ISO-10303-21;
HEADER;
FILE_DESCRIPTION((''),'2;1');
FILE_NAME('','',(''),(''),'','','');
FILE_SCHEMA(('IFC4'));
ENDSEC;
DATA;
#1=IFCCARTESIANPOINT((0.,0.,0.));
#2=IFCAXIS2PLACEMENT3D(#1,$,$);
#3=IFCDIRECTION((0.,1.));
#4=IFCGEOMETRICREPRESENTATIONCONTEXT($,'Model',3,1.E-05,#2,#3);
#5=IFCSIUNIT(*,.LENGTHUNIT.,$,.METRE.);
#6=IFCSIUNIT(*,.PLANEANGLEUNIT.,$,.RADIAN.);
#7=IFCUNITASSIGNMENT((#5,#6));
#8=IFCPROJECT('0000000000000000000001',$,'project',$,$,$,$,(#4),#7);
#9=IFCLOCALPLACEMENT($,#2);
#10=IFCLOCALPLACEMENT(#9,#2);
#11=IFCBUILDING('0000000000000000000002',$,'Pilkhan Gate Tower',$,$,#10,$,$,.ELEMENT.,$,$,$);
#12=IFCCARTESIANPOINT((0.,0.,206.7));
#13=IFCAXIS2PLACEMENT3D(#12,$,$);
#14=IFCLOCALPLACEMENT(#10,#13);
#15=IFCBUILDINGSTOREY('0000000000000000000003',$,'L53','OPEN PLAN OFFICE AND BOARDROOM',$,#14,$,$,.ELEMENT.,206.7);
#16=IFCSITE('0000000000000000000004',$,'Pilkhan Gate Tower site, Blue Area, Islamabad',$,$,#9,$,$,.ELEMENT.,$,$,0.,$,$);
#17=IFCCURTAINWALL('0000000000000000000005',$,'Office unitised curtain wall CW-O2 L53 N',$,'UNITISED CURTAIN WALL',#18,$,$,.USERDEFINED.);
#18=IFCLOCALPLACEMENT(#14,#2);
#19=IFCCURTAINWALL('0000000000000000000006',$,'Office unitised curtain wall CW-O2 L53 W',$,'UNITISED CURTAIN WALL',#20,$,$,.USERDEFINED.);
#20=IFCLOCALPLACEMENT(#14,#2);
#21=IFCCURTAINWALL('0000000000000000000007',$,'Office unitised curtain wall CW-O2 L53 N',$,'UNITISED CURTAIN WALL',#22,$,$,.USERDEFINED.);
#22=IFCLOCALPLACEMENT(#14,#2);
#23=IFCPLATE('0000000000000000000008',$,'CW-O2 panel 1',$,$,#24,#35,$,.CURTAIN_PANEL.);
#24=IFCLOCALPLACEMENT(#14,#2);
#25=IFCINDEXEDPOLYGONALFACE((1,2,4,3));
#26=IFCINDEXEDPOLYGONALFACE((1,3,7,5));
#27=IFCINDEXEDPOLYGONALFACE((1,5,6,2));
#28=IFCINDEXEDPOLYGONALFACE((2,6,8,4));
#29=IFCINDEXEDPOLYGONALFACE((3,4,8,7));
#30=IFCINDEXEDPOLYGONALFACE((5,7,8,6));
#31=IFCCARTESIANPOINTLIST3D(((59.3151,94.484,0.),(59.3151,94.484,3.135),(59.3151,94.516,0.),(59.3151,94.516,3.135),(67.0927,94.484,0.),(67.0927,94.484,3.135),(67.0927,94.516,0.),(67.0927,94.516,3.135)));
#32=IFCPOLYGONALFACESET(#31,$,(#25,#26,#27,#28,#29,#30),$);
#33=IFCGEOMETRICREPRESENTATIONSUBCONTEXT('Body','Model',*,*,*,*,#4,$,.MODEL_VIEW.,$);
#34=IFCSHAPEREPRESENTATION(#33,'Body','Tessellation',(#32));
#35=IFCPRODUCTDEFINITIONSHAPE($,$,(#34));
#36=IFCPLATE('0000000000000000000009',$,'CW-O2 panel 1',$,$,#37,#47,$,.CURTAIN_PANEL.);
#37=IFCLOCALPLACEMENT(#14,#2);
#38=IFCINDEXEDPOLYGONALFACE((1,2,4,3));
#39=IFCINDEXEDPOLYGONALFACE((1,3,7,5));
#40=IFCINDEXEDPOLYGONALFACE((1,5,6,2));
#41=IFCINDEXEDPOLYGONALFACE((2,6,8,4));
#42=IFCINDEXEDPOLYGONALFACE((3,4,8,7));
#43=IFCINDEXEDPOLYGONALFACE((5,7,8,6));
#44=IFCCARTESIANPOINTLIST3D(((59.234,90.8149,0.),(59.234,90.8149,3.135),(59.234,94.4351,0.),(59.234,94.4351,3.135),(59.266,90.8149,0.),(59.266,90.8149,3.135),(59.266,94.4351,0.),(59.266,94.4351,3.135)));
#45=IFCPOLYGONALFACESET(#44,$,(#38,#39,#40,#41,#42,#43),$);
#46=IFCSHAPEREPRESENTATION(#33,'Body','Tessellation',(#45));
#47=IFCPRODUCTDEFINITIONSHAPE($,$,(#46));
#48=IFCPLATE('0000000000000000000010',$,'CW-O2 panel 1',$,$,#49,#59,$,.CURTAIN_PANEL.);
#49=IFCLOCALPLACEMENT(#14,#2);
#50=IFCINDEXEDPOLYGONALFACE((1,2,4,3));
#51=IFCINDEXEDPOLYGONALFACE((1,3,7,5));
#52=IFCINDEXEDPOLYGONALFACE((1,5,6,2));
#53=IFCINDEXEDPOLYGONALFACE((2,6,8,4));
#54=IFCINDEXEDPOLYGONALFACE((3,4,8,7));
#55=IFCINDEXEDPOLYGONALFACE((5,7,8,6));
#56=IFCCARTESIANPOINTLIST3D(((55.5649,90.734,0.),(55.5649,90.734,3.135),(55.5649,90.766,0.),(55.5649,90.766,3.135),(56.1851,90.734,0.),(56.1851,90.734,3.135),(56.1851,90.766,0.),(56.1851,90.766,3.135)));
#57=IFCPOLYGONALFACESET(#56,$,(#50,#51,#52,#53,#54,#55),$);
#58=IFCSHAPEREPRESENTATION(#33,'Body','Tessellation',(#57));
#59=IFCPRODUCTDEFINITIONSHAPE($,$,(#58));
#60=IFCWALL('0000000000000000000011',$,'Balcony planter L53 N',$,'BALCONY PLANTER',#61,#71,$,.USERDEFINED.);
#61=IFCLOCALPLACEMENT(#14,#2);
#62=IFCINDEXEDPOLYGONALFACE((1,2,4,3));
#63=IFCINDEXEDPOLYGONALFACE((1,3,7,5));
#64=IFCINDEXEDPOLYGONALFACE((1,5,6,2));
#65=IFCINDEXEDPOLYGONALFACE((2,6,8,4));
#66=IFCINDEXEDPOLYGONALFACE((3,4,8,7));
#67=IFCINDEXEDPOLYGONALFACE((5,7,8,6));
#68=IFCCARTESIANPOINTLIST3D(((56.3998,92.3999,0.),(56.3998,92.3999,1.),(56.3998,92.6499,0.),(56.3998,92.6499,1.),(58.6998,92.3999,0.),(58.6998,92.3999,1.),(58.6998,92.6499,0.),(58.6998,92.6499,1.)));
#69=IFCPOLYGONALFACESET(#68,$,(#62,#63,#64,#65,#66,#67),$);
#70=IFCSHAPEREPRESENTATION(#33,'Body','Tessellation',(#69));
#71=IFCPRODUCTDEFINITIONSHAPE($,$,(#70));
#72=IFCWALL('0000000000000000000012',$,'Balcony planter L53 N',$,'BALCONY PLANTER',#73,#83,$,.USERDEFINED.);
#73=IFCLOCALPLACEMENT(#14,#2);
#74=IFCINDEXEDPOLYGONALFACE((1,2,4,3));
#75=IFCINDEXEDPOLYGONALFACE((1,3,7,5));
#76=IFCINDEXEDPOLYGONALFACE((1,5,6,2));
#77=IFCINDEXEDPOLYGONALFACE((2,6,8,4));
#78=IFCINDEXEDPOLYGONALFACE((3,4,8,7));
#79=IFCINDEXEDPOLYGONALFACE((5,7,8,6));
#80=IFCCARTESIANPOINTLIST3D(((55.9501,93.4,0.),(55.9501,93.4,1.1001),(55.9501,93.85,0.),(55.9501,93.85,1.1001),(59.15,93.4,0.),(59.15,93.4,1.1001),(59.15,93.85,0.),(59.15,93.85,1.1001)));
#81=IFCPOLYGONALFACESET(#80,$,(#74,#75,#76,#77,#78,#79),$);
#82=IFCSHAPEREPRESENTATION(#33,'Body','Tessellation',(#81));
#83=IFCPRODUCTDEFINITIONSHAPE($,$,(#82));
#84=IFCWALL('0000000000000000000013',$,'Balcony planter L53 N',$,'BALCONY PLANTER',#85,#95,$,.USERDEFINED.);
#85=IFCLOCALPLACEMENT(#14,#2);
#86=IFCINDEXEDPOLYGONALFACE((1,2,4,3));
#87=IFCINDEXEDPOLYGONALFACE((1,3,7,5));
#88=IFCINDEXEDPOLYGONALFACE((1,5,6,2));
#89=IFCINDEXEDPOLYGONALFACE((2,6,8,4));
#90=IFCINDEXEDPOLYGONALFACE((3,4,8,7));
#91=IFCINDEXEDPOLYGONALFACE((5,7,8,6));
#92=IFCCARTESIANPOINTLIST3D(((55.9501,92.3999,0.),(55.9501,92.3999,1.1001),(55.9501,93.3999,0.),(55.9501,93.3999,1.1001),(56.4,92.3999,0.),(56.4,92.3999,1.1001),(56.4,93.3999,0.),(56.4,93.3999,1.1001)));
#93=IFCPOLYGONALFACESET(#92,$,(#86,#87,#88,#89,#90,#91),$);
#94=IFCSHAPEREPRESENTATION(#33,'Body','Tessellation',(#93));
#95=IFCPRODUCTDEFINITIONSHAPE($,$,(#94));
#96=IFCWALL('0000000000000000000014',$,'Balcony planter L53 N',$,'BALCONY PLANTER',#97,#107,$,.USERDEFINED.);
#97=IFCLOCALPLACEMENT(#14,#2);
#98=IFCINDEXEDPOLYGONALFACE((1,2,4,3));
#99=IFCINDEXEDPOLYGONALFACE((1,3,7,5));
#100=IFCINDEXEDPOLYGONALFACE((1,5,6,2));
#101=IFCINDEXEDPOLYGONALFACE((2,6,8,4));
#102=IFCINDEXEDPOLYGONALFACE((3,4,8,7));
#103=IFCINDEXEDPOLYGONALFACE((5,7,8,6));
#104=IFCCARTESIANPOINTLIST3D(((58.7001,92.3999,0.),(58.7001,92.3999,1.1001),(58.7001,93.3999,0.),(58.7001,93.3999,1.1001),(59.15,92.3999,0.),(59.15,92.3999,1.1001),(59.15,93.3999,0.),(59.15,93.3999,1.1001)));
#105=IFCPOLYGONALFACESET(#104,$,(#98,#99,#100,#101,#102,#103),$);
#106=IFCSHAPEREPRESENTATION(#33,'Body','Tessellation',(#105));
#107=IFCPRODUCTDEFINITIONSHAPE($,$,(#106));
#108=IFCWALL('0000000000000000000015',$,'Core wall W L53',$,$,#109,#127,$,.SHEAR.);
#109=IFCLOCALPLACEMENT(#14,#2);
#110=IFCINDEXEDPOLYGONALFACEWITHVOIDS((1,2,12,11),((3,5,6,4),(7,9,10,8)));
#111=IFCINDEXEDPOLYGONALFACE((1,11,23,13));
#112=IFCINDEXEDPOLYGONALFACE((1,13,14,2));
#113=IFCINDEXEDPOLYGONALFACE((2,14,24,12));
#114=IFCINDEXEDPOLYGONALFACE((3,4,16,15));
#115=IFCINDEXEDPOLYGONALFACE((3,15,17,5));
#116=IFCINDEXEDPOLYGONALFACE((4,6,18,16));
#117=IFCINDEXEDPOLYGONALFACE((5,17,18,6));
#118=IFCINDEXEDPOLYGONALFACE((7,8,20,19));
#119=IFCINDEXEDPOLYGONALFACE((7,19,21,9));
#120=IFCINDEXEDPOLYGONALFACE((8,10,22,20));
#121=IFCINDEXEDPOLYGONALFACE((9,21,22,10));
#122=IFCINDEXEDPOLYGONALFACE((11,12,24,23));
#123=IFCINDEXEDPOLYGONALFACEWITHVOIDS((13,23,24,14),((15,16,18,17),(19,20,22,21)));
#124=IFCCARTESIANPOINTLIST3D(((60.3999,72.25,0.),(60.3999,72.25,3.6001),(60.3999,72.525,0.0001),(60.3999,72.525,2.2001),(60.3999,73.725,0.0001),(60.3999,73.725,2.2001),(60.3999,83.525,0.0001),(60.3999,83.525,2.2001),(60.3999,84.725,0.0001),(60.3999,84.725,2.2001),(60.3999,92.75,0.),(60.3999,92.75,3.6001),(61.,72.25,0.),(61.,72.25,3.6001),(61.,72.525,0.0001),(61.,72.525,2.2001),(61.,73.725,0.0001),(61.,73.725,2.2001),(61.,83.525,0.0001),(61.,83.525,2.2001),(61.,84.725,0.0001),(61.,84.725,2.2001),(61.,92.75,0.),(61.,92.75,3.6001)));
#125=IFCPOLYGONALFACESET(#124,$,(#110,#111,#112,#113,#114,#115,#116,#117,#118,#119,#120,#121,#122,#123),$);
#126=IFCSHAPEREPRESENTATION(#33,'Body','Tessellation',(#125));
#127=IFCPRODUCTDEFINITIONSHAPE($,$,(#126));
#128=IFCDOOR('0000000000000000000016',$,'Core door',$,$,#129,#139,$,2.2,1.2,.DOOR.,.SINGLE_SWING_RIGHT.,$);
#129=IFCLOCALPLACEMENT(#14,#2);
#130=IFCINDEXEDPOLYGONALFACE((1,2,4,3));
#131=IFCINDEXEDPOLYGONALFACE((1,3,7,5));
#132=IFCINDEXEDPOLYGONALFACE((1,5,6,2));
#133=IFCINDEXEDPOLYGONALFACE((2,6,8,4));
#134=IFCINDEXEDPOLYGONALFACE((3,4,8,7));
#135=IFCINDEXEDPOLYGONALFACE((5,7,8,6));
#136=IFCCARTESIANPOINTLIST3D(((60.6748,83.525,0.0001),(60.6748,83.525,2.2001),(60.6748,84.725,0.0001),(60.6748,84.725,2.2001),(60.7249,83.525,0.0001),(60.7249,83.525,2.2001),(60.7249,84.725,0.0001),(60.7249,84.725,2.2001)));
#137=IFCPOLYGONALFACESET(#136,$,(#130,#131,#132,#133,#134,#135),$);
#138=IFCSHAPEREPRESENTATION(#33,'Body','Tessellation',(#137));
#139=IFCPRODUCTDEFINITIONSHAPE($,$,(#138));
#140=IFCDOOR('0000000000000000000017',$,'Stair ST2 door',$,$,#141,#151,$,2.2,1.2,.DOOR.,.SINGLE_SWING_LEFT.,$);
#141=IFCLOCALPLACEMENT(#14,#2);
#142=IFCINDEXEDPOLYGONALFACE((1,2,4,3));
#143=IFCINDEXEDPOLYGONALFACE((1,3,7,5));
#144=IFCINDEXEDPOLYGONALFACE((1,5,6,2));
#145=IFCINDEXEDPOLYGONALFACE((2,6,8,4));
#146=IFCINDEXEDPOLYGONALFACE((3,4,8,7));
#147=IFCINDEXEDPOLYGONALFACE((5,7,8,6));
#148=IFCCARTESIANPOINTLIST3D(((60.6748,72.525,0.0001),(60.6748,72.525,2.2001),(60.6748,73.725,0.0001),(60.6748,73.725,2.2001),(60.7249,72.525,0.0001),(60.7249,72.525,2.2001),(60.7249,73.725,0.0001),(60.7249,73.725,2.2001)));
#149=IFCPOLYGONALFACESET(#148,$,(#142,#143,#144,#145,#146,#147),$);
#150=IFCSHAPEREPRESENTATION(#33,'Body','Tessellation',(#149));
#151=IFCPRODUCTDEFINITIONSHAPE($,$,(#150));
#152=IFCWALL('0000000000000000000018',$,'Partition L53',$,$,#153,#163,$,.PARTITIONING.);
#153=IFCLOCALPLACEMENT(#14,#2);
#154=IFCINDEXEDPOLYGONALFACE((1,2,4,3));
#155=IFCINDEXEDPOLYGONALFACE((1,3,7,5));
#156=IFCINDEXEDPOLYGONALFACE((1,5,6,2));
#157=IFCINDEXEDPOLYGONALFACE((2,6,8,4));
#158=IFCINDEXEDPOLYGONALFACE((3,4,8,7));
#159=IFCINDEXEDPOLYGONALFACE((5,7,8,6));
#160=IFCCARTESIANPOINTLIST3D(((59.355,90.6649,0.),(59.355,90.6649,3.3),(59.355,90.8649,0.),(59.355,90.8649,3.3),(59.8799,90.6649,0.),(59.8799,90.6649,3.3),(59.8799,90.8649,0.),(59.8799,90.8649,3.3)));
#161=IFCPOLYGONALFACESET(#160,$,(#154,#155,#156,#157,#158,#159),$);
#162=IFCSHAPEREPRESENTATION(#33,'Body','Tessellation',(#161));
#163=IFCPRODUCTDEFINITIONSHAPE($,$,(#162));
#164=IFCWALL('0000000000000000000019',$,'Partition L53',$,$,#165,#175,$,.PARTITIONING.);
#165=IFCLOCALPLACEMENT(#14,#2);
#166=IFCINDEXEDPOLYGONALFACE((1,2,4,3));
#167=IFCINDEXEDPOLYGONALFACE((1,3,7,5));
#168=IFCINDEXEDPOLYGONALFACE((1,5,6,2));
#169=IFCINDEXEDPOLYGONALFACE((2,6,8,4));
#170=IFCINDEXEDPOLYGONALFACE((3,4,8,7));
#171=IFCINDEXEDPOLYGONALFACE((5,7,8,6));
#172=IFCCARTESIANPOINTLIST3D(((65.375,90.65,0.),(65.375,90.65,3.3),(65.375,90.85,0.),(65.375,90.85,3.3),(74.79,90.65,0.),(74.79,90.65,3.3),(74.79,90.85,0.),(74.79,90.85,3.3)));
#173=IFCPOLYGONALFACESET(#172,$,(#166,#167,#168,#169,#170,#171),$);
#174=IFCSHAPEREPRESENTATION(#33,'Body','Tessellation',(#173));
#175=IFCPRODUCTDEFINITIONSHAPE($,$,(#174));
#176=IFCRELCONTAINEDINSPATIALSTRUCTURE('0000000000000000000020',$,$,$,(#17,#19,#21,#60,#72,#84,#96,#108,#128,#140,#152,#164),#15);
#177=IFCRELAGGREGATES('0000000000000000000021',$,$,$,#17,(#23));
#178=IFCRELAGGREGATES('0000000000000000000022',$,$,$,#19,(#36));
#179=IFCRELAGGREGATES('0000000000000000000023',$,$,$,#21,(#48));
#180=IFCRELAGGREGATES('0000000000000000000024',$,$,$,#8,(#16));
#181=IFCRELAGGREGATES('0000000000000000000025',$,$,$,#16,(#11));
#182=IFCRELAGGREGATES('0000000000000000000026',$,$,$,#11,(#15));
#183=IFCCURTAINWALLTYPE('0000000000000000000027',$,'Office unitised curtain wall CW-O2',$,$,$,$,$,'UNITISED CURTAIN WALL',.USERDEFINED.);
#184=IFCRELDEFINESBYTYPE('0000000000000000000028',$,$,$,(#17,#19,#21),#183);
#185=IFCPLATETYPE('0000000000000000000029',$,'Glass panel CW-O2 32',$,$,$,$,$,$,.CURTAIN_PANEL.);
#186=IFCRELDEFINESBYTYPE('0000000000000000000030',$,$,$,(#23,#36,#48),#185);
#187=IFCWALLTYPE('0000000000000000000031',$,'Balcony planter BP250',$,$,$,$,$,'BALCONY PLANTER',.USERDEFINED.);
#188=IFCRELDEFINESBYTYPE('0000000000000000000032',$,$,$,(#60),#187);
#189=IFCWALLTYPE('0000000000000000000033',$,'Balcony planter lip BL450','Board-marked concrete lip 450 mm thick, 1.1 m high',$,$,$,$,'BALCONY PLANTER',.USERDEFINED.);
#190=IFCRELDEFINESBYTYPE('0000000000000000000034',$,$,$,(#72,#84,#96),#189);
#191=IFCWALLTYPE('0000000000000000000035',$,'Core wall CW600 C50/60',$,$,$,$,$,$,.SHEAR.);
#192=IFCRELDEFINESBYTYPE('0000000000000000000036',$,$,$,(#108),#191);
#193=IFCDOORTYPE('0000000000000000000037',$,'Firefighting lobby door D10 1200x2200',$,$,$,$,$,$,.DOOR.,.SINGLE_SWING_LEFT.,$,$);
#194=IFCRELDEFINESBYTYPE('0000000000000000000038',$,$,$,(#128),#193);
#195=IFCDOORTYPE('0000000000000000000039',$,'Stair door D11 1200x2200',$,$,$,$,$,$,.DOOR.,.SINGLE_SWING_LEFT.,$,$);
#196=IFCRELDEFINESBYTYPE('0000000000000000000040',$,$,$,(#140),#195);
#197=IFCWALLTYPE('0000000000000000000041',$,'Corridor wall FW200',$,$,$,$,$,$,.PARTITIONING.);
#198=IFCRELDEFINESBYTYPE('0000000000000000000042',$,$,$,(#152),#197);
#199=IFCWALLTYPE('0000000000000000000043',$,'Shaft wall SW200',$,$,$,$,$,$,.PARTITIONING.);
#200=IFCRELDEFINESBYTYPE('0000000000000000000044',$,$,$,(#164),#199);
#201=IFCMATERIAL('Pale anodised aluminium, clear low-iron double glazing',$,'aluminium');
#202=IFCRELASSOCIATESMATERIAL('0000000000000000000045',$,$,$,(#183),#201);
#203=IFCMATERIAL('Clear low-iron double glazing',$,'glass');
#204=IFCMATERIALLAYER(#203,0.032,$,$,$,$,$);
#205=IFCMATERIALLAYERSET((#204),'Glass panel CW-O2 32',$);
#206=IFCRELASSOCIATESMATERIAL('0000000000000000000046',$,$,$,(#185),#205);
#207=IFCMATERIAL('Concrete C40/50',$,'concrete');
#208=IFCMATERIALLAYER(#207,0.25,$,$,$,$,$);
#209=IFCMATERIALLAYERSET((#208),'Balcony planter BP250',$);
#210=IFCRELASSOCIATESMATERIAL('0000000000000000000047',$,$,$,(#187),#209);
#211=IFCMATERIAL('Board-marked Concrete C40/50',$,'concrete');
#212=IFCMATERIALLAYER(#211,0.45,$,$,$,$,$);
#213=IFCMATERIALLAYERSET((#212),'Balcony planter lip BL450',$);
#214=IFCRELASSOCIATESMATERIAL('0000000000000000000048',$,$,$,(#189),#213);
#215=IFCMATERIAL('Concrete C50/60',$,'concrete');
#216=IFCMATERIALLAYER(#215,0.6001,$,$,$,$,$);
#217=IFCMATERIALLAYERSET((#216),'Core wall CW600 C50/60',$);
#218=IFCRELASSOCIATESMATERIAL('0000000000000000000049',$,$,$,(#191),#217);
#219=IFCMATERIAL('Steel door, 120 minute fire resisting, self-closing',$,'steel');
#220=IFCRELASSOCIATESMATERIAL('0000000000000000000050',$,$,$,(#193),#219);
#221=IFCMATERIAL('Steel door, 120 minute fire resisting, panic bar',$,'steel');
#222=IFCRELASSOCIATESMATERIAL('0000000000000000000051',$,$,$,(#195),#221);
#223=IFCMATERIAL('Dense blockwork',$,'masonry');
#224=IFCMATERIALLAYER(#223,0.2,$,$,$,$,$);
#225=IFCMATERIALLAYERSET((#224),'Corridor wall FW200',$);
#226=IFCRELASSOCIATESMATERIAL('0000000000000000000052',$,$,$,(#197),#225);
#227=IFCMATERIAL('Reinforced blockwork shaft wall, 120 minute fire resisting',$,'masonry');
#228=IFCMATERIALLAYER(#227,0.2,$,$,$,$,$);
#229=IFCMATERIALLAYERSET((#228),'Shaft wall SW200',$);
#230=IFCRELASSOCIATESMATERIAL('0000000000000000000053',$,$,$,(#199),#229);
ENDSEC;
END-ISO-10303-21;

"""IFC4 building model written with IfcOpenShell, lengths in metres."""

from ifc_helpers import new_model, si_unit, direction, frame, frame_2d, origin, origin_2d, place, context, subcontext, project, spatial, rectangle, extrude, material, layer, layer_set, type_object, element, fill, aggregate, save


model = new_model("IFC4")

# Units and contexts
model_context = context("Model", 3, precision=1e-05, world=origin(), true_north=direction((0.0, 1.0)))
body_context = subcontext(model_context, "Body", "Model", "MODEL_VIEW")
ifc_project = project(units=[si_unit("LENGTHUNIT", "METRE"), si_unit("PLANEANGLEUNIT", "RADIAN")], contexts=[model_context])

# Site, building, storey
site_placement = place(None, origin())
site = spatial("IfcSite", under=ifc_project, at=site_placement, Name="Pilkhan Gate Tower site, Blue Area, Islamabad", CompositionType="ELEMENT", RefElevation=0.0)
building_placement = place(site_placement, origin())
building = spatial("IfcBuilding", under=site, at=building_placement, Name="Pilkhan Gate Tower", CompositionType="ELEMENT")
storey_placement = place(building_placement, frame((0.0, 0.0, 206.7)))
storey = spatial("IfcBuildingStorey", under=building, at=storey_placement, Name="L53", Description="OPEN PLAN OFFICE AND BOARDROOM", CompositionType="ELEMENT", Elevation=206.7)

# Shared definitions
ifc_material_1 = material(Name="Concrete C50/60", Category="concrete")

# Curtain walls
ifc_material_2 = material(Name="Pale anodised aluminium, clear low-iron double glazing", Category="aluminium")
curtain_wall_type = type_object("IfcCurtainWallType", Name="Office unitised curtain wall CW-O2", ElementType="UNITISED CURTAIN WALL", PredefinedType="USERDEFINED", material=ifc_material_2)
curtain_wall_1_placement = place(storey_placement, origin())
curtain_wall_1 = element("IfcCurtainWall", 1, at=curtain_wall_1_placement, inside=storey, type_object=curtain_wall_type, Name="Office unitised curtain wall CW-O2 L53 N", ObjectType="UNITISED CURTAIN WALL", PredefinedType="USERDEFINED")
curtain_wall_2_placement = place(storey_placement, origin())
curtain_wall_2 = element("IfcCurtainWall", 2, at=curtain_wall_2_placement, inside=storey, type_object=curtain_wall_type, Name="Office unitised curtain wall CW-O2 L53 W", ObjectType="UNITISED CURTAIN WALL", PredefinedType="USERDEFINED")
curtain_wall_3_placement = place(storey_placement, origin())
curtain_wall_3 = element("IfcCurtainWall", 3, at=curtain_wall_3_placement, inside=storey, type_object=curtain_wall_type, Name="Office unitised curtain wall CW-O2 L53 N", ObjectType="UNITISED CURTAIN WALL", PredefinedType="USERDEFINED")

# Plates
ifc_material_3 = material(Name="Clear low-iron double glazing", Category="glass")
ifc_layer_1 = layer(ifc_material_3, 0.032)
ifc_layer_set_1 = layer_set([ifc_layer_1], Name="Glass panel CW-O2 32")
plate_type = type_object("IfcPlateType", Name="Glass panel CW-O2 32", PredefinedType="CURTAIN_PANEL", material=ifc_layer_set_1)
plate_1_placement = place(storey_placement, frame((63.2039, 94.5, 0.0), z_axis=(0.0, 0.0, 1.0), x_axis=(1.0, 0.0, 0.0)))
plate_1 = element("IfcPlate", 4, at=plate_1_placement, type_object=plate_type, Name="CW-O2 panel 1", PredefinedType="CURTAIN_PANEL", context=body_context, shape_type="SweptSolid", body=[
    extrude(rectangle(XDim=7.7776, YDim=0.032, at=origin_2d()), origin(), (0.0, 0.0, 1.0), 3.135),
])
aggregate(curtain_wall_1, [plate_1])
plate_2_placement = place(storey_placement, frame((59.25, 92.625, 0.0), z_axis=(0.0, 0.0, 1.0), x_axis=(0.0, 1.0, 0.0)))
plate_2 = element("IfcPlate", 5, at=plate_2_placement, type_object=plate_type, Name="CW-O2 panel 1", PredefinedType="CURTAIN_PANEL", context=body_context, shape_type="SweptSolid", body=[
    extrude(rectangle(XDim=3.6201, YDim=0.032, at=origin_2d()), origin(), (0.0, 0.0, 1.0), 3.135),
])
aggregate(curtain_wall_2, [plate_2])
plate_3_placement = place(storey_placement, frame((55.875, 90.75, 0.0), z_axis=(0.0, 0.0, 1.0), x_axis=(1.0, 0.0, 0.0)))
plate_3 = element("IfcPlate", 6, at=plate_3_placement, type_object=plate_type, Name="CW-O2 panel 1", PredefinedType="CURTAIN_PANEL", context=body_context, shape_type="SweptSolid", body=[
    extrude(rectangle(XDim=0.6201, YDim=0.032, at=origin_2d()), origin(), (0.0, 0.0, 1.0), 3.135),
])
aggregate(curtain_wall_3, [plate_3])

# Walls
ifc_material_4 = material(Name="Concrete C40/50", Category="concrete")
ifc_layer_2 = layer(ifc_material_4, 0.25)
ifc_layer_set_2 = layer_set([ifc_layer_2], Name="Balcony planter BP250")
wall_type_1 = type_object("IfcWallType", Name="Balcony planter BP250", ElementType="BALCONY PLANTER", PredefinedType="USERDEFINED", material=ifc_layer_set_2)
wall_1_placement = place(storey_placement, frame((56.3999, 92.5249, 0.0), z_axis=(0.0, 0.0, 1.0), x_axis=(1.0, 0.0, 0.0)))
element("IfcWall", 7, at=wall_1_placement, inside=storey, type_object=wall_type_1, Name="Balcony planter L53 N", ObjectType="BALCONY PLANTER", PredefinedType="USERDEFINED", context=body_context, shape_type="SweptSolid", body=[
    extrude(rectangle(XDim=2.3, YDim=0.25, at=frame_2d((1.1499, 0.0))), origin(), (0.0, 0.0, 1.0), 1.0),
])
ifc_material_5 = material(Name="Board-marked Concrete C40/50", Category="concrete")
ifc_layer_3 = layer(ifc_material_5, 0.45)
ifc_layer_set_3 = layer_set([ifc_layer_3], Name="Balcony planter lip BL450")
wall_type_2 = type_object("IfcWallType", Name="Balcony planter lip BL450", Description="Board-marked concrete lip 450 mm thick, 1.1 m high", ElementType="BALCONY PLANTER", PredefinedType="USERDEFINED", material=ifc_layer_set_3)
wall_2_placement = place(storey_placement, frame((55.95, 93.625, 0.0), z_axis=(0.0, 0.0, 1.0), x_axis=(1.0, 0.0, 0.0)))
element("IfcWall", 8, at=wall_2_placement, inside=storey, type_object=wall_type_2, Name="Balcony planter L53 N", ObjectType="BALCONY PLANTER", PredefinedType="USERDEFINED", context=body_context, shape_type="SweptSolid", body=[
    extrude(rectangle(XDim=3.2, YDim=0.45, at=frame_2d((1.6001, 0.0))), origin(), (0.0, 0.0, 1.0), 1.1001),
])
for number, where, z_axis, x_axis, name in (
    (9, (56.175, 92.3999, 0.0), (0.0, 0.0, 1.0), (0.0, 1.0, 0.0), "Balcony planter L53 N"),
    (10, (58.925, 92.3999, 0.0), (0.0, 0.0, 1.0), (0.0, 1.0, 0.0), "Balcony planter L53 N"),
):
    element("IfcWall", number, at=place(storey_placement, frame(where, z_axis=z_axis, x_axis=x_axis)), inside=storey, type_object=wall_type_2, Name=name, ObjectType="BALCONY PLANTER", PredefinedType="USERDEFINED", context=body_context, shape_type="SweptSolid", body=[
        extrude(rectangle(XDim=1.0, YDim=0.45, at=frame_2d((0.5, 0.0))), origin(), (0.0, 0.0, 1.0), 1.1001),
    ])

# Wall, openings, doors
ifc_layer_4 = layer(ifc_material_1, 0.6001)
ifc_layer_set_4 = layer_set([ifc_layer_4], Name="Core wall CW600 C50/60")
wall_type_3 = type_object("IfcWallType", Name="Core wall CW600 C50/60", PredefinedType="SHEAR", material=ifc_layer_set_4)
wall_3_placement = place(storey_placement, frame((60.7, 92.75, 0.0), z_axis=(0.0, 0.0, 1.0), x_axis=(0.0, -1.0, 0.0)))
wall_3 = element("IfcWall", 11, at=wall_3_placement, inside=storey, type_object=wall_type_3, Name="Core wall W L53", PredefinedType="SHEAR", context=body_context, shape_type="SweptSolid", body=[
    extrude(rectangle(XDim=20.5, YDim=0.6001, at=frame_2d((10.25, 0.0))), origin(), (0.0, 0.0, 1.0), 3.6001),
])
opening_1_placement = place(wall_3_placement, frame((19.0249, 0.0, 0.0)))
opening_1 = element("IfcOpeningElement", 12, at=opening_1_placement, cuts=wall_3, PredefinedType="OPENING", context=body_context, shape_type="SweptSolid", body=[
    extrude(rectangle(XDim=1.2, YDim=2.2, at=frame_2d((0.6001, 1.1001))), frame((0.0, 0.3101, 0.0), z_axis=(0.0, -1.0, 0.0), x_axis=(1.0, 0.0, 0.0)), (0.0, 0.0, 1.0), 0.6201),
])
opening_2_placement = place(wall_3_placement, frame((8.0249, 0.0, 0.0)))
opening_2 = element("IfcOpeningElement", 13, at=opening_2_placement, cuts=wall_3, PredefinedType="OPENING", context=body_context, shape_type="SweptSolid", body=[
    extrude(rectangle(XDim=1.2, YDim=2.2, at=frame_2d((0.6001, 1.1001))), frame((0.0, 0.3101, 0.0), z_axis=(0.0, -1.0, 0.0), x_axis=(1.0, 0.0, 0.0)), (0.0, 0.0, 1.0), 0.6201),
])
ifc_material_6 = material(Name="Steel door, 120 minute fire resisting, self-closing", Category="steel")
door_type_1 = type_object("IfcDoorType", Name="Firefighting lobby door D10 1200x2200", OperationType="SINGLE_SWING_LEFT", PredefinedType="DOOR", material=ifc_material_6)
door_1_placement = place(opening_2_placement, origin())
door_1 = element("IfcDoor", 14, at=door_1_placement, inside=storey, type_object=door_type_1, Name="Core door", OperationType="SINGLE_SWING_RIGHT", OverallHeight=2.2, OverallWidth=1.2, PredefinedType="DOOR", context=body_context, shape_type="SweptSolid", body=[
    extrude(rectangle(XDim=1.2, YDim=2.2, at=frame_2d((0.6001, 1.1001))), frame((0.0, 0.0249, 0.0), z_axis=(0.0, -1.0, 0.0), x_axis=(1.0, 0.0, 0.0)), (0.0, 0.0, 1.0), 0.05),
])
fill(opening_2, door_1)
ifc_material_7 = material(Name="Steel door, 120 minute fire resisting, panic bar", Category="steel")
door_type_2 = type_object("IfcDoorType", Name="Stair door D11 1200x2200", OperationType="SINGLE_SWING_LEFT", PredefinedType="DOOR", material=ifc_material_7)
door_2_placement = place(opening_1_placement, origin())
door_2 = element("IfcDoor", 15, at=door_2_placement, inside=storey, type_object=door_type_2, Name="Stair ST2 door", OperationType="SINGLE_SWING_LEFT", OverallHeight=2.2, OverallWidth=1.2, PredefinedType="DOOR", context=body_context, shape_type="SweptSolid", body=[
    extrude(rectangle(XDim=1.2, YDim=2.2, at=frame_2d((0.6001, 1.1001))), frame((0.0, 0.0249, 0.0), z_axis=(0.0, -1.0, 0.0), x_axis=(1.0, 0.0, 0.0)), (0.0, 0.0, 1.0), 0.05),
])
fill(opening_1, door_2)

# Wall
ifc_material_8 = material(Name="Dense blockwork", Category="masonry")
ifc_layer_5 = layer(ifc_material_8, 0.2)
ifc_layer_set_5 = layer_set([ifc_layer_5], Name="Corridor wall FW200")
wall_type_4 = type_object("IfcWallType", Name="Corridor wall FW200", PredefinedType="PARTITIONING", material=ifc_layer_set_5)
wall_4_placement = place(storey_placement, frame((59.355, 90.7649, 0.0), z_axis=(0.0, 0.0, 1.0), x_axis=(1.0, 0.0, 0.0)))
element("IfcWall", 16, at=wall_4_placement, inside=storey, type_object=wall_type_4, Name="Partition L53", PredefinedType="PARTITIONING", context=body_context, shape_type="SweptSolid", body=[
    extrude(rectangle(XDim=0.5249, YDim=0.2, at=frame_2d((0.2625, 0.0))), origin(), (0.0, 0.0, 1.0), 3.3),
])

# Wall
ifc_material_9 = material(Name="Reinforced blockwork shaft wall, 120 minute fire resisting", Category="masonry")
ifc_layer_6 = layer(ifc_material_9, 0.2)
ifc_layer_set_6 = layer_set([ifc_layer_6], Name="Shaft wall SW200")
wall_type_5 = type_object("IfcWallType", Name="Shaft wall SW200", PredefinedType="PARTITIONING", material=ifc_layer_set_6)
wall_5_placement = place(storey_placement, frame((65.375, 90.75, 0.0), z_axis=(0.0, 0.0, 1.0), x_axis=(1.0, 0.0, 0.0)))
element("IfcWall", 17, at=wall_5_placement, inside=storey, type_object=wall_type_5, Name="Partition L53", PredefinedType="PARTITIONING", context=body_context, shape_type="SweptSolid", body=[
    extrude(rectangle(XDim=9.415, YDim=0.2, at=frame_2d((4.7075, 0.0))), origin(), (0.0, 0.0, 1.0), 3.3),
])

save(model, "model.ifc")
